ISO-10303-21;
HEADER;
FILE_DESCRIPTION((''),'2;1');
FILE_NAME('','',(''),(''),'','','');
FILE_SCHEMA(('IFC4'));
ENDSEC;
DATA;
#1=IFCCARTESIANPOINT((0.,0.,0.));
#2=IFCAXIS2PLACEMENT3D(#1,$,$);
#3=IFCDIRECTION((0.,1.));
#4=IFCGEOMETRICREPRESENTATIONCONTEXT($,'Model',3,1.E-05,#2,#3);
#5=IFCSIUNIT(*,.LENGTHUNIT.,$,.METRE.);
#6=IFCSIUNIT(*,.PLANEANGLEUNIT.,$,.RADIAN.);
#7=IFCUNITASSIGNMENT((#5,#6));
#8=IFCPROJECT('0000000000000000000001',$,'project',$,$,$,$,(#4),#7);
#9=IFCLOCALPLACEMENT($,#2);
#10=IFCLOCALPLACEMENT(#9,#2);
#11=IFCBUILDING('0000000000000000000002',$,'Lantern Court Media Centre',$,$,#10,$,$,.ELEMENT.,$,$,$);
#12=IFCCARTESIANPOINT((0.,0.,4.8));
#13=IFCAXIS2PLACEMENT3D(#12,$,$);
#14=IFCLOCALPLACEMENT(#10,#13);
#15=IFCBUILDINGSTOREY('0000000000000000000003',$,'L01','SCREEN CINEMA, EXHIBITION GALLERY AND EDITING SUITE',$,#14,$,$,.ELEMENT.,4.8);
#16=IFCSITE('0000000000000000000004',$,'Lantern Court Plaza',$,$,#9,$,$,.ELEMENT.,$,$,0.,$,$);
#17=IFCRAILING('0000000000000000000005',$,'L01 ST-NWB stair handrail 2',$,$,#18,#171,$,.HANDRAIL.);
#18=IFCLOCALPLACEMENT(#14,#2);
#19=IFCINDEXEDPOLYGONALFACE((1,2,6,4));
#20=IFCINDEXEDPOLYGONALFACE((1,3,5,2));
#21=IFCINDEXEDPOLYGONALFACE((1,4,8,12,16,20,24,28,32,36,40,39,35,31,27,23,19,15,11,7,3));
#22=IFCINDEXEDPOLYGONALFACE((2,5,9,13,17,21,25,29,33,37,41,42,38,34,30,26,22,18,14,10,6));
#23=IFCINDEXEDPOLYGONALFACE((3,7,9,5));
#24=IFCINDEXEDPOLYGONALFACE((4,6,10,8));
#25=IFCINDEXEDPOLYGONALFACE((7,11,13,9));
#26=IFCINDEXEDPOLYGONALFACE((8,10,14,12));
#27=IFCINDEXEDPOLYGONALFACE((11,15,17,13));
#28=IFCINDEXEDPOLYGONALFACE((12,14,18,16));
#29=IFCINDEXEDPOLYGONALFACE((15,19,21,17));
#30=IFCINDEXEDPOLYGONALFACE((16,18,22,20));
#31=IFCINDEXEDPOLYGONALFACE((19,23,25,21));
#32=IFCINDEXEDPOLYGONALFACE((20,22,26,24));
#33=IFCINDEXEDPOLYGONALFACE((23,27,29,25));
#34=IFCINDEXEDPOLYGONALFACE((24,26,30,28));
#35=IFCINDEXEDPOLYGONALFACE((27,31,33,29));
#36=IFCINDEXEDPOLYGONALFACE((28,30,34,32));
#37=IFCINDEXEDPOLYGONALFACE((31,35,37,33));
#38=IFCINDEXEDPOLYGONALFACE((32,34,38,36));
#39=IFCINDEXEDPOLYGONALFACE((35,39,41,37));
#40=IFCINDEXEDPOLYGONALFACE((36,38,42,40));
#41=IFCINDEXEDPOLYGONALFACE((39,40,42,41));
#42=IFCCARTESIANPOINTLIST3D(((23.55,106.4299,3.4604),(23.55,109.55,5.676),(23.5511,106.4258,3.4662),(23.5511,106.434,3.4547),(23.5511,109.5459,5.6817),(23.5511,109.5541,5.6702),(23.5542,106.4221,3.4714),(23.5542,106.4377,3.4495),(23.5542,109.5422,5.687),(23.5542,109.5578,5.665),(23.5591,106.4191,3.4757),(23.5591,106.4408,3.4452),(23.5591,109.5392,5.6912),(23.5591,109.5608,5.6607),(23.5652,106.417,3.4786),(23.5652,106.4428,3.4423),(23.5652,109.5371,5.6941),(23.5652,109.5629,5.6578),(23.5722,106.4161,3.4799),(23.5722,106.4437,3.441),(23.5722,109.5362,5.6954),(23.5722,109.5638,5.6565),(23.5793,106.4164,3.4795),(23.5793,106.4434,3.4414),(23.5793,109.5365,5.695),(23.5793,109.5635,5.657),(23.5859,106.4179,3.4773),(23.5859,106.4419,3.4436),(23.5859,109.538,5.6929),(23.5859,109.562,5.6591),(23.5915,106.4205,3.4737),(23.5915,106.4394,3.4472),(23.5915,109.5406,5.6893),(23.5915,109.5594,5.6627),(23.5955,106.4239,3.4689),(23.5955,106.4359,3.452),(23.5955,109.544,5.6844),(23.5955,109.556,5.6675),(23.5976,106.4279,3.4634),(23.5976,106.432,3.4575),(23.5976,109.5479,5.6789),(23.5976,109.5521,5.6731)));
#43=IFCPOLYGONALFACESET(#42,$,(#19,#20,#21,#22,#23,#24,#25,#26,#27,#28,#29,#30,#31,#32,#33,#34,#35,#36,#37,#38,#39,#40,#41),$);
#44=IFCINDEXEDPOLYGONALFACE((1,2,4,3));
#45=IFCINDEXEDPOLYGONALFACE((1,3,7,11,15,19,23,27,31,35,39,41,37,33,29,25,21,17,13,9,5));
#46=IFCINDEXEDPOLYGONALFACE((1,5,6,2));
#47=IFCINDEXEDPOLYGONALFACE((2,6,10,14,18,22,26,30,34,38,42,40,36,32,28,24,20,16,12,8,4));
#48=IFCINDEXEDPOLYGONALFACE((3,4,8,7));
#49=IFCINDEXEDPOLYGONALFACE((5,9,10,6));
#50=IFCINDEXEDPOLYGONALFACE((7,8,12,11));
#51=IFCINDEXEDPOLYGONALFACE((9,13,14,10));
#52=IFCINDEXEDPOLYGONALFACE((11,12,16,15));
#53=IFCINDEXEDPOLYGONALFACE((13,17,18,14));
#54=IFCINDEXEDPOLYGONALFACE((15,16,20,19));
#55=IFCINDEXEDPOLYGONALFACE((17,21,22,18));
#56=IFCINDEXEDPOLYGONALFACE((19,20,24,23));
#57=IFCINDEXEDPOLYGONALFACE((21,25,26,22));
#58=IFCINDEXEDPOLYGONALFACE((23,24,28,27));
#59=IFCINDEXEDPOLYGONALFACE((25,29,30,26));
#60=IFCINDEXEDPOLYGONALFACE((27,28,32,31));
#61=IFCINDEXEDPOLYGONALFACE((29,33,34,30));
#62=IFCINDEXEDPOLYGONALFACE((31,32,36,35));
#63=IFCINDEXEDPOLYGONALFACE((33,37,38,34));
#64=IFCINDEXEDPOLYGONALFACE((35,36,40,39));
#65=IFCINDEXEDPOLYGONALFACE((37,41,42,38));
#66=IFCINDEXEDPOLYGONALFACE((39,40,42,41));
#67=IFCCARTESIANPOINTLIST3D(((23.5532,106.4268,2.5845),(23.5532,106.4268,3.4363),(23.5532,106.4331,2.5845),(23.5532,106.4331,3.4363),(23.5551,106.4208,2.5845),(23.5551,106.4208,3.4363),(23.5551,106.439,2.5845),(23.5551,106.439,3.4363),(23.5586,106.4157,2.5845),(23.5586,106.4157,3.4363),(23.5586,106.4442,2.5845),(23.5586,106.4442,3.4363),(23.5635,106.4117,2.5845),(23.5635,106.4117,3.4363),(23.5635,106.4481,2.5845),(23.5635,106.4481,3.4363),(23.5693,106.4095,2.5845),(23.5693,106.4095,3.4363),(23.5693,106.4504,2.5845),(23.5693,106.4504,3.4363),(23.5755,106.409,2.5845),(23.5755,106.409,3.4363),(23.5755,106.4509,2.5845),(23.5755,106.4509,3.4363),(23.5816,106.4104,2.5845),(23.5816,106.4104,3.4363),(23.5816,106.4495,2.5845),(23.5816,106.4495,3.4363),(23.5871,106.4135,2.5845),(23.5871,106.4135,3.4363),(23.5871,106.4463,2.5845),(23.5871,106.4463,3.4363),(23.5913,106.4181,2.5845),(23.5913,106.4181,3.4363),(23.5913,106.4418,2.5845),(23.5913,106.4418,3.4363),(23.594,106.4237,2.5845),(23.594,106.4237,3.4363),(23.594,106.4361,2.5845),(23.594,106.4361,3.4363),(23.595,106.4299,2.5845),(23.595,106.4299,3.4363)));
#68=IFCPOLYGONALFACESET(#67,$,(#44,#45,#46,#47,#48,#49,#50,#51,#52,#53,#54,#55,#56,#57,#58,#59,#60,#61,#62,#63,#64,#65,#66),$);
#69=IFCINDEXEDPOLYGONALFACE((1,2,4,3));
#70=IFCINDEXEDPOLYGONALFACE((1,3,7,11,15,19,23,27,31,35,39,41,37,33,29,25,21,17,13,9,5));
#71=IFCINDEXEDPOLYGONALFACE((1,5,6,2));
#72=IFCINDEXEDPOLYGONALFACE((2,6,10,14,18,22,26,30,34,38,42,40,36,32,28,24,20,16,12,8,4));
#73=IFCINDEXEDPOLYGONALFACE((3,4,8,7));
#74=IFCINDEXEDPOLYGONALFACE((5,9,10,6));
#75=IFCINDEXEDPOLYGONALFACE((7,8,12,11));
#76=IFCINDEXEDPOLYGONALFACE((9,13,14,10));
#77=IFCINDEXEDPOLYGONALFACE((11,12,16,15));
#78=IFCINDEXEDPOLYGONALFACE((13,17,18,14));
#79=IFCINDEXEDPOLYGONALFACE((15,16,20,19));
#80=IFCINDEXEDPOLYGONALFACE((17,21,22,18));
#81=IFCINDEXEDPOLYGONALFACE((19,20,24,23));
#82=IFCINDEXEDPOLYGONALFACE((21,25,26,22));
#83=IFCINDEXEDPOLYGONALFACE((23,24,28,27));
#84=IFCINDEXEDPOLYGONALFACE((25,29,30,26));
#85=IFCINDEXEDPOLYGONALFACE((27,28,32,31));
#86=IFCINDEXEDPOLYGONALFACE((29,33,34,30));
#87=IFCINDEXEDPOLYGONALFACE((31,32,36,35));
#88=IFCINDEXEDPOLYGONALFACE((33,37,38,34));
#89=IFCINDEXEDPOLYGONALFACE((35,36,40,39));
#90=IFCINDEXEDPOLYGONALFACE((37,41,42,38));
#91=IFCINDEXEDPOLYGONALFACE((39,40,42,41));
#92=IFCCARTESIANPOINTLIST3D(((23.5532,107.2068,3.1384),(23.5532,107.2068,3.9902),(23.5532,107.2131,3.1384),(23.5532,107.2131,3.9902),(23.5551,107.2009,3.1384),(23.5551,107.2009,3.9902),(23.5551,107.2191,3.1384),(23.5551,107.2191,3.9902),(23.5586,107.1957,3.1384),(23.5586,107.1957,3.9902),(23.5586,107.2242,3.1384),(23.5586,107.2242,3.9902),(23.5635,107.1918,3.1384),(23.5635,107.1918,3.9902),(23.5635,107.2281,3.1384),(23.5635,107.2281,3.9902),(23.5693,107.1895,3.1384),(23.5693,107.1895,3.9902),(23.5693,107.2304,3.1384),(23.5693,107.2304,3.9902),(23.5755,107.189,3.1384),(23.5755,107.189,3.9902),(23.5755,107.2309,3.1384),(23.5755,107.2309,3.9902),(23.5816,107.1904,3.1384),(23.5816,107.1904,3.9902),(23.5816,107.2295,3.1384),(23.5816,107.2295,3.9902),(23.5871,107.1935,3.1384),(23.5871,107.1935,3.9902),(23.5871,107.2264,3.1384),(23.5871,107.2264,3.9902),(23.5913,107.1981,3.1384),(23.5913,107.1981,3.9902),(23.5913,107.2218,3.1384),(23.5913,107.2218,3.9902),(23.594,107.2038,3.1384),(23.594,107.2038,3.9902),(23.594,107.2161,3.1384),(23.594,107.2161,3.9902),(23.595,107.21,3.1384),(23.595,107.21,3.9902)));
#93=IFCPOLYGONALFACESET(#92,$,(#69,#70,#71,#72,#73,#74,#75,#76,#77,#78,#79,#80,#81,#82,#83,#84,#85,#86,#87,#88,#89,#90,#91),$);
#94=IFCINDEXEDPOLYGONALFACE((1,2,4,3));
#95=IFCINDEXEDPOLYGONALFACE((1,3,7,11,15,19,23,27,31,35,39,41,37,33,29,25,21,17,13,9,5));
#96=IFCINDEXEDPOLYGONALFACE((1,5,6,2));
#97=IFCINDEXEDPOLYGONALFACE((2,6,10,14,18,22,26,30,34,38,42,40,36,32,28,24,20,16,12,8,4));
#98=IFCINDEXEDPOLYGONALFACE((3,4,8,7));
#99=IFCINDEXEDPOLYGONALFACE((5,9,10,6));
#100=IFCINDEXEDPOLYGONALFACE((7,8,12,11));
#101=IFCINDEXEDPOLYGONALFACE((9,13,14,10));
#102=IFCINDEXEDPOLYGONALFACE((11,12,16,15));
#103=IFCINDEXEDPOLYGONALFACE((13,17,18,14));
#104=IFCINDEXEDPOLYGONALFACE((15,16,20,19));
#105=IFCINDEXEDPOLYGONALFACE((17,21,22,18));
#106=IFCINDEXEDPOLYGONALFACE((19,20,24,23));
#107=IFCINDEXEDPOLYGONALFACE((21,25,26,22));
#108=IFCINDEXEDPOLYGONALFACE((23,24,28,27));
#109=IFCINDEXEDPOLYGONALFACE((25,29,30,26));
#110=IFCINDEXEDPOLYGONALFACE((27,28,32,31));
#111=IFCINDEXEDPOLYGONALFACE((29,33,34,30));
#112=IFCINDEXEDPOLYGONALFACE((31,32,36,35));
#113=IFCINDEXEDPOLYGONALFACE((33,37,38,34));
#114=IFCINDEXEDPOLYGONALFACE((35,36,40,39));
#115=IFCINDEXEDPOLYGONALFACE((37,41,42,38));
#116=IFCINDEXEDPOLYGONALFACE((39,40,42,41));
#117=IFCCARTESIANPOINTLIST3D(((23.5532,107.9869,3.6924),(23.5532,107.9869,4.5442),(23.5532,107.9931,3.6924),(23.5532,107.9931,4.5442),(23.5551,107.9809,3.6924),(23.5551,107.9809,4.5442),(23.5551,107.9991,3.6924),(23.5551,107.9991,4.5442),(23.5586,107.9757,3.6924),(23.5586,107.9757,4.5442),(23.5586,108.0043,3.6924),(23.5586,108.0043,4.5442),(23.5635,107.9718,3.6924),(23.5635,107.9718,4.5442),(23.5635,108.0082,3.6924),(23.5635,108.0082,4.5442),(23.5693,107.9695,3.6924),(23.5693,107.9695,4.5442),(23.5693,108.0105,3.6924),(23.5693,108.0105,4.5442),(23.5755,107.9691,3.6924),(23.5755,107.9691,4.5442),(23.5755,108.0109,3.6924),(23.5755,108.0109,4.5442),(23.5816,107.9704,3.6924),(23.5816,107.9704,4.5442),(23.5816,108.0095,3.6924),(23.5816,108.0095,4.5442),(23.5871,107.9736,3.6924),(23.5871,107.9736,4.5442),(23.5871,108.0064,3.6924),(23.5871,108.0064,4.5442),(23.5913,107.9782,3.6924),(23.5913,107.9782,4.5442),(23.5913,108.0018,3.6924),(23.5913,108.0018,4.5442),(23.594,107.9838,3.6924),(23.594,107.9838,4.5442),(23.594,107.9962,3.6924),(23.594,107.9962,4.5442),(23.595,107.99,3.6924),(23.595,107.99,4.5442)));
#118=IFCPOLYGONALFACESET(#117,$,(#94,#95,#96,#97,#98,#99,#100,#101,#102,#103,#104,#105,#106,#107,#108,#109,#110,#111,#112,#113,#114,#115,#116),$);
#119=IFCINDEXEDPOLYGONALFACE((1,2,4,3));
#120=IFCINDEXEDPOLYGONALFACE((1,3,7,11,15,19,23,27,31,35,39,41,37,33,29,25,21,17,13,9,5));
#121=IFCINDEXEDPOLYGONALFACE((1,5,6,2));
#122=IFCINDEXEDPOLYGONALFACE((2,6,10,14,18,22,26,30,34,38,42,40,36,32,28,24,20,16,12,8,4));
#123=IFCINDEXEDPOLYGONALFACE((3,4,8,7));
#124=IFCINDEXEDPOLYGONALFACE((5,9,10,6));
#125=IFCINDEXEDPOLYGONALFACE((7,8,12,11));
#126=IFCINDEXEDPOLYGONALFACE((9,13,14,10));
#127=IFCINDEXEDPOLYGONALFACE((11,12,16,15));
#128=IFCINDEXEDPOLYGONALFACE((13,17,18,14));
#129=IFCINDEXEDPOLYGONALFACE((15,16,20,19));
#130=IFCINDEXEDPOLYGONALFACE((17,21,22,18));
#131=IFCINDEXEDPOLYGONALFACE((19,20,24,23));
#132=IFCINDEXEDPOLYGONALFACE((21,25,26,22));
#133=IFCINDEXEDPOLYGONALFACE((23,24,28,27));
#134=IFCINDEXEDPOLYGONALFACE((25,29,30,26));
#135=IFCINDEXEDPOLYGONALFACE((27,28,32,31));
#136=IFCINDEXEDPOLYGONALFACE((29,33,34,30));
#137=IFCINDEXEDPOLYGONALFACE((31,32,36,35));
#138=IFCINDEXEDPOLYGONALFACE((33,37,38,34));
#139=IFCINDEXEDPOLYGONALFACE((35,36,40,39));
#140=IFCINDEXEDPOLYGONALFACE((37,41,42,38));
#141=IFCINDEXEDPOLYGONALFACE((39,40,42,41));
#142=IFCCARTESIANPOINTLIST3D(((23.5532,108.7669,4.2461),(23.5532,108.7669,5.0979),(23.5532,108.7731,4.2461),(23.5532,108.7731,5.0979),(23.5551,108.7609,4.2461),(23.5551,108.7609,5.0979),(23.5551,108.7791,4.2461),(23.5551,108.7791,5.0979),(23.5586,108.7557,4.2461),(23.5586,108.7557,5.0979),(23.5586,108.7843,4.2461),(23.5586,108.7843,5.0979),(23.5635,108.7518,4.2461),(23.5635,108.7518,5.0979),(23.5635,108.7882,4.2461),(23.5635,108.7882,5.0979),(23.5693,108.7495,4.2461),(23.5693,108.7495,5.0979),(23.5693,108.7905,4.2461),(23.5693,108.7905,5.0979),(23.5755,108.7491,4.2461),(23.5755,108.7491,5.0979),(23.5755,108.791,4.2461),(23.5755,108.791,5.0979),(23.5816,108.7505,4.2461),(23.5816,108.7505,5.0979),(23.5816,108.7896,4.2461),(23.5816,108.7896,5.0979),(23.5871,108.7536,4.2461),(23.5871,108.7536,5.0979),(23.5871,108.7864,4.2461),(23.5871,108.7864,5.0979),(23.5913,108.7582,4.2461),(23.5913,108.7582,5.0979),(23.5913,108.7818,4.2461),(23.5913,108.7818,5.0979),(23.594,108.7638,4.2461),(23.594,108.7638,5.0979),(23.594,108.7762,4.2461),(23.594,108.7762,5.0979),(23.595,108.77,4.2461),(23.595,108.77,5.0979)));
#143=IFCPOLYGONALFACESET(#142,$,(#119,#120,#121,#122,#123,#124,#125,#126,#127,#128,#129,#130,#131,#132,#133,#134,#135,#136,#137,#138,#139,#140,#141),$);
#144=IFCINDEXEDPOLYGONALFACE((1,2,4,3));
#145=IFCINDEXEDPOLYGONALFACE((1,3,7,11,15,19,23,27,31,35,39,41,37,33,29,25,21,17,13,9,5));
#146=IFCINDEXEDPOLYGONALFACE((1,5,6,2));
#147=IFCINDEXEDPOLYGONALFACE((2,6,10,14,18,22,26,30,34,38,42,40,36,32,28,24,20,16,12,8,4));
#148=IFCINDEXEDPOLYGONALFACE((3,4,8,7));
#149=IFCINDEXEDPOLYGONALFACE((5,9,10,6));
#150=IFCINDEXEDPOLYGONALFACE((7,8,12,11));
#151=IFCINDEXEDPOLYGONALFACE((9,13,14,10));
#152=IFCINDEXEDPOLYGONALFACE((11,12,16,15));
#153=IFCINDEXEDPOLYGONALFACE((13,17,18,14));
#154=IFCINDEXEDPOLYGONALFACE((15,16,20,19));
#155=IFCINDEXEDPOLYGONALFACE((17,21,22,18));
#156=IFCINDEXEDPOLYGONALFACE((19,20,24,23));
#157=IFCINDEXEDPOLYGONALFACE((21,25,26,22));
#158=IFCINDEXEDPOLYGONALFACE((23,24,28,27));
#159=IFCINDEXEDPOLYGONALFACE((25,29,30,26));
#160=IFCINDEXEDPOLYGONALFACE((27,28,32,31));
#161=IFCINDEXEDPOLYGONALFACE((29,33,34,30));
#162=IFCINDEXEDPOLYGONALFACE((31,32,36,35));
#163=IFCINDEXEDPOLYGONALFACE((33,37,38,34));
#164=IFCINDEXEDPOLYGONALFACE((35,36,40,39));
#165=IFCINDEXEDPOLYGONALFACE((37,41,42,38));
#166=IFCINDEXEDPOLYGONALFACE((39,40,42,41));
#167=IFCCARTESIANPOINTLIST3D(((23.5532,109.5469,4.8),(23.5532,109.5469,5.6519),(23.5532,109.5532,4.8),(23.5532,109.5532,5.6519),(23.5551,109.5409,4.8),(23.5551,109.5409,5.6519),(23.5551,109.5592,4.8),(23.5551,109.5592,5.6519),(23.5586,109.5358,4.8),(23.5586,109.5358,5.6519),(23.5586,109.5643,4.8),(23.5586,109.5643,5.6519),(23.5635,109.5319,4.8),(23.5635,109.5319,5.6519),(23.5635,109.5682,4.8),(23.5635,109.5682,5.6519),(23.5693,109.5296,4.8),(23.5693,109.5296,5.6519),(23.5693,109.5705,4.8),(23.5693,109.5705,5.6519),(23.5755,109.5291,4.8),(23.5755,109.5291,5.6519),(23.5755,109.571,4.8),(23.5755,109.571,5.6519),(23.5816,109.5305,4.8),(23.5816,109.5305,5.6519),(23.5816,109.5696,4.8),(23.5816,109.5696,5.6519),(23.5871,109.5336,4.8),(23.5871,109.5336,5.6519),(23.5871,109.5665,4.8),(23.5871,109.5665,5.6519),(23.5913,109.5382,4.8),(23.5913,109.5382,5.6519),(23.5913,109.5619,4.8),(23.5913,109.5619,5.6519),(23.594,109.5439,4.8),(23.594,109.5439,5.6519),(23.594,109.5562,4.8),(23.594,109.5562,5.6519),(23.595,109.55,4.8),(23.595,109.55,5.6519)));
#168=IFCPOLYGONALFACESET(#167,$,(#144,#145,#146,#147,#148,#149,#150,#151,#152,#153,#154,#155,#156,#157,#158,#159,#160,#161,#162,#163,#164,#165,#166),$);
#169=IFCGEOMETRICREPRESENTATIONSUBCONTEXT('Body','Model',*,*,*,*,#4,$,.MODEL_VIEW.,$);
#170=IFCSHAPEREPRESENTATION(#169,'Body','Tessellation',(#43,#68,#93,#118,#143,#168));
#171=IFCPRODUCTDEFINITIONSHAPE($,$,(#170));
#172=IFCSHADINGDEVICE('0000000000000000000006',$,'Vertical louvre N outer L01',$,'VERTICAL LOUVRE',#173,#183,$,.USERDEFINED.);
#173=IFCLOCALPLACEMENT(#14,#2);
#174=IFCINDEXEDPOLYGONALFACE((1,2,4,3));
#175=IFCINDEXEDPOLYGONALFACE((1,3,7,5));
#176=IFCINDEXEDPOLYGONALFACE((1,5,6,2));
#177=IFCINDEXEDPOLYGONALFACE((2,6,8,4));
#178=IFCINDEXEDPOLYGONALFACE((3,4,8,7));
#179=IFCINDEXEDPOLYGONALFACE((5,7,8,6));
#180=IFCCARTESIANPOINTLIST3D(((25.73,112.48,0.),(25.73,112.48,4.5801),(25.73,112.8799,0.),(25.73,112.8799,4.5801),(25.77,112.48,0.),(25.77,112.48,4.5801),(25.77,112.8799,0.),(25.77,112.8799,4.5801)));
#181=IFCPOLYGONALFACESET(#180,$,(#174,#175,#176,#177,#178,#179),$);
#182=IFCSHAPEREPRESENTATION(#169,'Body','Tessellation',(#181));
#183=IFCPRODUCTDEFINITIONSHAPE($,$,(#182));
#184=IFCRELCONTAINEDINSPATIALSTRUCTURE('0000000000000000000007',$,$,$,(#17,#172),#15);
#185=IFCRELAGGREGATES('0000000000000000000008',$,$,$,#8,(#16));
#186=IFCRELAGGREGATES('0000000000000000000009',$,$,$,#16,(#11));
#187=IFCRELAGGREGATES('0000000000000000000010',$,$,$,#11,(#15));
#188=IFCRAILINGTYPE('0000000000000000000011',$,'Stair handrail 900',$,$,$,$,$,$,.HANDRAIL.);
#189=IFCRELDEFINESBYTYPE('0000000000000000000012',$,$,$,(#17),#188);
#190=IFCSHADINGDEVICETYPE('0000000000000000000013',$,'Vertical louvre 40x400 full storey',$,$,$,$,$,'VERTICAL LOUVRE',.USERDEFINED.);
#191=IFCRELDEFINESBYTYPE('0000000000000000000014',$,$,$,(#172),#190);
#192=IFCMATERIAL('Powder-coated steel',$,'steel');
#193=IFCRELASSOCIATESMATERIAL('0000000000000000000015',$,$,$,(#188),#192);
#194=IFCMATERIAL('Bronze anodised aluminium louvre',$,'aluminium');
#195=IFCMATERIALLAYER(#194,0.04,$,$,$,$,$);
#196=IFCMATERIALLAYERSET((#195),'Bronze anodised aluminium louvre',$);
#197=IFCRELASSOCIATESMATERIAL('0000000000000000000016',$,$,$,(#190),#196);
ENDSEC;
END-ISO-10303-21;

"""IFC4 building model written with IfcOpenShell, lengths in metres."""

from ifc_helpers import new_model, si_unit, direction, frame, origin, origin_2d, place, context, subcontext, project, spatial, rectangle, circle, extrude, material, layer, layer_set, type_object, element, save


model = new_model("IFC4")

# Units and contexts
model_context = context("Model", 3, precision=1e-05, world=origin(), true_north=direction((0.0, 1.0)))
body_context = subcontext(model_context, "Body", "Model", "MODEL_VIEW")
ifc_project = project(units=[si_unit("LENGTHUNIT", "METRE"), si_unit("PLANEANGLEUNIT", "RADIAN")], contexts=[model_context])

# Site, building, storey
site_placement = place(None, origin())
site = spatial("IfcSite", under=ifc_project, at=site_placement, Name="Lantern Court Plaza", CompositionType="ELEMENT", RefElevation=0.0)
building_placement = place(site_placement, origin())
building = spatial("IfcBuilding", under=site, at=building_placement, Name="Lantern Court Media Centre", CompositionType="ELEMENT")
storey_placement = place(building_placement, frame((0.0, 0.0, 4.8)))
storey = spatial("IfcBuildingStorey", under=building, at=storey_placement, Name="L01", Description="SCREEN CINEMA, EXHIBITION GALLERY AND EDITING SUITE", CompositionType="ELEMENT", Elevation=4.8)

# Shared definitions
ifc_material_1 = material(Name="Powder-coated steel", Category="steel")

# Railing
railing_type_1 = type_object("IfcRailingType", Name="Stair handrail 900", PredefinedType="HANDRAIL", material=ifc_material_1)
railing_1_placement = place(storey_placement, frame((23.574, 106.4299, 2.5845)))
element("IfcRailing", 1, at=railing_1_placement, inside=storey, type_object=railing_type_1, Name="L01 ST-NWB stair handrail 2", PredefinedType="HANDRAIL", context=body_context, shape_type="SweptSolid", body=[
    extrude(circle(Radius=0.0239, at=origin_2d()), frame((0.0, 0.0, 0.876), z_axis=(0.0, 0.815347, 0.578973), x_axis=(-1.0, 0.0, 0.0)), (0.0, 0.0, 1.0), 3.8267),
    extrude(circle(Radius=0.021, at=origin_2d()), origin(), (0.0, 0.0, 1.0), 0.8518),
    extrude(circle(Radius=0.021, at=origin_2d()), frame((0.0, 0.78, 0.554)), (0.0, 0.0, 1.0), 0.8518),
    extrude(circle(Radius=0.021, at=origin_2d()), frame((0.0, 1.5601, 1.1079)), (0.0, 0.0, 1.0), 0.8518),
    extrude(circle(Radius=0.021, at=origin_2d()), frame((0.0, 2.3401, 1.6616)), (0.0, 0.0, 1.0), 0.8518),
    extrude(circle(Radius=0.021, at=origin_2d()), frame((0.0, 3.1201, 2.2156)), (0.0, 0.0, 1.0), 0.8518),
])

# Shading device
ifc_material_2 = material(Name="Bronze anodised aluminium louvre", Category="aluminium")
ifc_layer_1 = layer(ifc_material_2, 0.04)
ifc_layer_set_1 = layer_set([ifc_layer_1], Name="Bronze anodised aluminium louvre")
shading_device_type = type_object("IfcShadingDeviceType", Name="Vertical louvre 40x400 full storey", ElementType="VERTICAL LOUVRE", PredefinedType="USERDEFINED", material=ifc_layer_set_1)
shading_device_placement = place(storey_placement, frame((25.75, 112.6799, 0.0), z_axis=(0.0, 0.0, 1.0), x_axis=(1.0, 0.0, 0.0)))
element("IfcShadingDevice", 2, at=shading_device_placement, inside=storey, type_object=shading_device_type, Name="Vertical louvre N outer L01", ObjectType="VERTICAL LOUVRE", PredefinedType="USERDEFINED", context=body_context, shape_type="SweptSolid", body=[
    extrude(rectangle(XDim=0.04, YDim=0.3999, at=origin_2d()), origin(), (0.0, 0.0, 1.0), 4.5801),
])

save(model, "model.ifc")
